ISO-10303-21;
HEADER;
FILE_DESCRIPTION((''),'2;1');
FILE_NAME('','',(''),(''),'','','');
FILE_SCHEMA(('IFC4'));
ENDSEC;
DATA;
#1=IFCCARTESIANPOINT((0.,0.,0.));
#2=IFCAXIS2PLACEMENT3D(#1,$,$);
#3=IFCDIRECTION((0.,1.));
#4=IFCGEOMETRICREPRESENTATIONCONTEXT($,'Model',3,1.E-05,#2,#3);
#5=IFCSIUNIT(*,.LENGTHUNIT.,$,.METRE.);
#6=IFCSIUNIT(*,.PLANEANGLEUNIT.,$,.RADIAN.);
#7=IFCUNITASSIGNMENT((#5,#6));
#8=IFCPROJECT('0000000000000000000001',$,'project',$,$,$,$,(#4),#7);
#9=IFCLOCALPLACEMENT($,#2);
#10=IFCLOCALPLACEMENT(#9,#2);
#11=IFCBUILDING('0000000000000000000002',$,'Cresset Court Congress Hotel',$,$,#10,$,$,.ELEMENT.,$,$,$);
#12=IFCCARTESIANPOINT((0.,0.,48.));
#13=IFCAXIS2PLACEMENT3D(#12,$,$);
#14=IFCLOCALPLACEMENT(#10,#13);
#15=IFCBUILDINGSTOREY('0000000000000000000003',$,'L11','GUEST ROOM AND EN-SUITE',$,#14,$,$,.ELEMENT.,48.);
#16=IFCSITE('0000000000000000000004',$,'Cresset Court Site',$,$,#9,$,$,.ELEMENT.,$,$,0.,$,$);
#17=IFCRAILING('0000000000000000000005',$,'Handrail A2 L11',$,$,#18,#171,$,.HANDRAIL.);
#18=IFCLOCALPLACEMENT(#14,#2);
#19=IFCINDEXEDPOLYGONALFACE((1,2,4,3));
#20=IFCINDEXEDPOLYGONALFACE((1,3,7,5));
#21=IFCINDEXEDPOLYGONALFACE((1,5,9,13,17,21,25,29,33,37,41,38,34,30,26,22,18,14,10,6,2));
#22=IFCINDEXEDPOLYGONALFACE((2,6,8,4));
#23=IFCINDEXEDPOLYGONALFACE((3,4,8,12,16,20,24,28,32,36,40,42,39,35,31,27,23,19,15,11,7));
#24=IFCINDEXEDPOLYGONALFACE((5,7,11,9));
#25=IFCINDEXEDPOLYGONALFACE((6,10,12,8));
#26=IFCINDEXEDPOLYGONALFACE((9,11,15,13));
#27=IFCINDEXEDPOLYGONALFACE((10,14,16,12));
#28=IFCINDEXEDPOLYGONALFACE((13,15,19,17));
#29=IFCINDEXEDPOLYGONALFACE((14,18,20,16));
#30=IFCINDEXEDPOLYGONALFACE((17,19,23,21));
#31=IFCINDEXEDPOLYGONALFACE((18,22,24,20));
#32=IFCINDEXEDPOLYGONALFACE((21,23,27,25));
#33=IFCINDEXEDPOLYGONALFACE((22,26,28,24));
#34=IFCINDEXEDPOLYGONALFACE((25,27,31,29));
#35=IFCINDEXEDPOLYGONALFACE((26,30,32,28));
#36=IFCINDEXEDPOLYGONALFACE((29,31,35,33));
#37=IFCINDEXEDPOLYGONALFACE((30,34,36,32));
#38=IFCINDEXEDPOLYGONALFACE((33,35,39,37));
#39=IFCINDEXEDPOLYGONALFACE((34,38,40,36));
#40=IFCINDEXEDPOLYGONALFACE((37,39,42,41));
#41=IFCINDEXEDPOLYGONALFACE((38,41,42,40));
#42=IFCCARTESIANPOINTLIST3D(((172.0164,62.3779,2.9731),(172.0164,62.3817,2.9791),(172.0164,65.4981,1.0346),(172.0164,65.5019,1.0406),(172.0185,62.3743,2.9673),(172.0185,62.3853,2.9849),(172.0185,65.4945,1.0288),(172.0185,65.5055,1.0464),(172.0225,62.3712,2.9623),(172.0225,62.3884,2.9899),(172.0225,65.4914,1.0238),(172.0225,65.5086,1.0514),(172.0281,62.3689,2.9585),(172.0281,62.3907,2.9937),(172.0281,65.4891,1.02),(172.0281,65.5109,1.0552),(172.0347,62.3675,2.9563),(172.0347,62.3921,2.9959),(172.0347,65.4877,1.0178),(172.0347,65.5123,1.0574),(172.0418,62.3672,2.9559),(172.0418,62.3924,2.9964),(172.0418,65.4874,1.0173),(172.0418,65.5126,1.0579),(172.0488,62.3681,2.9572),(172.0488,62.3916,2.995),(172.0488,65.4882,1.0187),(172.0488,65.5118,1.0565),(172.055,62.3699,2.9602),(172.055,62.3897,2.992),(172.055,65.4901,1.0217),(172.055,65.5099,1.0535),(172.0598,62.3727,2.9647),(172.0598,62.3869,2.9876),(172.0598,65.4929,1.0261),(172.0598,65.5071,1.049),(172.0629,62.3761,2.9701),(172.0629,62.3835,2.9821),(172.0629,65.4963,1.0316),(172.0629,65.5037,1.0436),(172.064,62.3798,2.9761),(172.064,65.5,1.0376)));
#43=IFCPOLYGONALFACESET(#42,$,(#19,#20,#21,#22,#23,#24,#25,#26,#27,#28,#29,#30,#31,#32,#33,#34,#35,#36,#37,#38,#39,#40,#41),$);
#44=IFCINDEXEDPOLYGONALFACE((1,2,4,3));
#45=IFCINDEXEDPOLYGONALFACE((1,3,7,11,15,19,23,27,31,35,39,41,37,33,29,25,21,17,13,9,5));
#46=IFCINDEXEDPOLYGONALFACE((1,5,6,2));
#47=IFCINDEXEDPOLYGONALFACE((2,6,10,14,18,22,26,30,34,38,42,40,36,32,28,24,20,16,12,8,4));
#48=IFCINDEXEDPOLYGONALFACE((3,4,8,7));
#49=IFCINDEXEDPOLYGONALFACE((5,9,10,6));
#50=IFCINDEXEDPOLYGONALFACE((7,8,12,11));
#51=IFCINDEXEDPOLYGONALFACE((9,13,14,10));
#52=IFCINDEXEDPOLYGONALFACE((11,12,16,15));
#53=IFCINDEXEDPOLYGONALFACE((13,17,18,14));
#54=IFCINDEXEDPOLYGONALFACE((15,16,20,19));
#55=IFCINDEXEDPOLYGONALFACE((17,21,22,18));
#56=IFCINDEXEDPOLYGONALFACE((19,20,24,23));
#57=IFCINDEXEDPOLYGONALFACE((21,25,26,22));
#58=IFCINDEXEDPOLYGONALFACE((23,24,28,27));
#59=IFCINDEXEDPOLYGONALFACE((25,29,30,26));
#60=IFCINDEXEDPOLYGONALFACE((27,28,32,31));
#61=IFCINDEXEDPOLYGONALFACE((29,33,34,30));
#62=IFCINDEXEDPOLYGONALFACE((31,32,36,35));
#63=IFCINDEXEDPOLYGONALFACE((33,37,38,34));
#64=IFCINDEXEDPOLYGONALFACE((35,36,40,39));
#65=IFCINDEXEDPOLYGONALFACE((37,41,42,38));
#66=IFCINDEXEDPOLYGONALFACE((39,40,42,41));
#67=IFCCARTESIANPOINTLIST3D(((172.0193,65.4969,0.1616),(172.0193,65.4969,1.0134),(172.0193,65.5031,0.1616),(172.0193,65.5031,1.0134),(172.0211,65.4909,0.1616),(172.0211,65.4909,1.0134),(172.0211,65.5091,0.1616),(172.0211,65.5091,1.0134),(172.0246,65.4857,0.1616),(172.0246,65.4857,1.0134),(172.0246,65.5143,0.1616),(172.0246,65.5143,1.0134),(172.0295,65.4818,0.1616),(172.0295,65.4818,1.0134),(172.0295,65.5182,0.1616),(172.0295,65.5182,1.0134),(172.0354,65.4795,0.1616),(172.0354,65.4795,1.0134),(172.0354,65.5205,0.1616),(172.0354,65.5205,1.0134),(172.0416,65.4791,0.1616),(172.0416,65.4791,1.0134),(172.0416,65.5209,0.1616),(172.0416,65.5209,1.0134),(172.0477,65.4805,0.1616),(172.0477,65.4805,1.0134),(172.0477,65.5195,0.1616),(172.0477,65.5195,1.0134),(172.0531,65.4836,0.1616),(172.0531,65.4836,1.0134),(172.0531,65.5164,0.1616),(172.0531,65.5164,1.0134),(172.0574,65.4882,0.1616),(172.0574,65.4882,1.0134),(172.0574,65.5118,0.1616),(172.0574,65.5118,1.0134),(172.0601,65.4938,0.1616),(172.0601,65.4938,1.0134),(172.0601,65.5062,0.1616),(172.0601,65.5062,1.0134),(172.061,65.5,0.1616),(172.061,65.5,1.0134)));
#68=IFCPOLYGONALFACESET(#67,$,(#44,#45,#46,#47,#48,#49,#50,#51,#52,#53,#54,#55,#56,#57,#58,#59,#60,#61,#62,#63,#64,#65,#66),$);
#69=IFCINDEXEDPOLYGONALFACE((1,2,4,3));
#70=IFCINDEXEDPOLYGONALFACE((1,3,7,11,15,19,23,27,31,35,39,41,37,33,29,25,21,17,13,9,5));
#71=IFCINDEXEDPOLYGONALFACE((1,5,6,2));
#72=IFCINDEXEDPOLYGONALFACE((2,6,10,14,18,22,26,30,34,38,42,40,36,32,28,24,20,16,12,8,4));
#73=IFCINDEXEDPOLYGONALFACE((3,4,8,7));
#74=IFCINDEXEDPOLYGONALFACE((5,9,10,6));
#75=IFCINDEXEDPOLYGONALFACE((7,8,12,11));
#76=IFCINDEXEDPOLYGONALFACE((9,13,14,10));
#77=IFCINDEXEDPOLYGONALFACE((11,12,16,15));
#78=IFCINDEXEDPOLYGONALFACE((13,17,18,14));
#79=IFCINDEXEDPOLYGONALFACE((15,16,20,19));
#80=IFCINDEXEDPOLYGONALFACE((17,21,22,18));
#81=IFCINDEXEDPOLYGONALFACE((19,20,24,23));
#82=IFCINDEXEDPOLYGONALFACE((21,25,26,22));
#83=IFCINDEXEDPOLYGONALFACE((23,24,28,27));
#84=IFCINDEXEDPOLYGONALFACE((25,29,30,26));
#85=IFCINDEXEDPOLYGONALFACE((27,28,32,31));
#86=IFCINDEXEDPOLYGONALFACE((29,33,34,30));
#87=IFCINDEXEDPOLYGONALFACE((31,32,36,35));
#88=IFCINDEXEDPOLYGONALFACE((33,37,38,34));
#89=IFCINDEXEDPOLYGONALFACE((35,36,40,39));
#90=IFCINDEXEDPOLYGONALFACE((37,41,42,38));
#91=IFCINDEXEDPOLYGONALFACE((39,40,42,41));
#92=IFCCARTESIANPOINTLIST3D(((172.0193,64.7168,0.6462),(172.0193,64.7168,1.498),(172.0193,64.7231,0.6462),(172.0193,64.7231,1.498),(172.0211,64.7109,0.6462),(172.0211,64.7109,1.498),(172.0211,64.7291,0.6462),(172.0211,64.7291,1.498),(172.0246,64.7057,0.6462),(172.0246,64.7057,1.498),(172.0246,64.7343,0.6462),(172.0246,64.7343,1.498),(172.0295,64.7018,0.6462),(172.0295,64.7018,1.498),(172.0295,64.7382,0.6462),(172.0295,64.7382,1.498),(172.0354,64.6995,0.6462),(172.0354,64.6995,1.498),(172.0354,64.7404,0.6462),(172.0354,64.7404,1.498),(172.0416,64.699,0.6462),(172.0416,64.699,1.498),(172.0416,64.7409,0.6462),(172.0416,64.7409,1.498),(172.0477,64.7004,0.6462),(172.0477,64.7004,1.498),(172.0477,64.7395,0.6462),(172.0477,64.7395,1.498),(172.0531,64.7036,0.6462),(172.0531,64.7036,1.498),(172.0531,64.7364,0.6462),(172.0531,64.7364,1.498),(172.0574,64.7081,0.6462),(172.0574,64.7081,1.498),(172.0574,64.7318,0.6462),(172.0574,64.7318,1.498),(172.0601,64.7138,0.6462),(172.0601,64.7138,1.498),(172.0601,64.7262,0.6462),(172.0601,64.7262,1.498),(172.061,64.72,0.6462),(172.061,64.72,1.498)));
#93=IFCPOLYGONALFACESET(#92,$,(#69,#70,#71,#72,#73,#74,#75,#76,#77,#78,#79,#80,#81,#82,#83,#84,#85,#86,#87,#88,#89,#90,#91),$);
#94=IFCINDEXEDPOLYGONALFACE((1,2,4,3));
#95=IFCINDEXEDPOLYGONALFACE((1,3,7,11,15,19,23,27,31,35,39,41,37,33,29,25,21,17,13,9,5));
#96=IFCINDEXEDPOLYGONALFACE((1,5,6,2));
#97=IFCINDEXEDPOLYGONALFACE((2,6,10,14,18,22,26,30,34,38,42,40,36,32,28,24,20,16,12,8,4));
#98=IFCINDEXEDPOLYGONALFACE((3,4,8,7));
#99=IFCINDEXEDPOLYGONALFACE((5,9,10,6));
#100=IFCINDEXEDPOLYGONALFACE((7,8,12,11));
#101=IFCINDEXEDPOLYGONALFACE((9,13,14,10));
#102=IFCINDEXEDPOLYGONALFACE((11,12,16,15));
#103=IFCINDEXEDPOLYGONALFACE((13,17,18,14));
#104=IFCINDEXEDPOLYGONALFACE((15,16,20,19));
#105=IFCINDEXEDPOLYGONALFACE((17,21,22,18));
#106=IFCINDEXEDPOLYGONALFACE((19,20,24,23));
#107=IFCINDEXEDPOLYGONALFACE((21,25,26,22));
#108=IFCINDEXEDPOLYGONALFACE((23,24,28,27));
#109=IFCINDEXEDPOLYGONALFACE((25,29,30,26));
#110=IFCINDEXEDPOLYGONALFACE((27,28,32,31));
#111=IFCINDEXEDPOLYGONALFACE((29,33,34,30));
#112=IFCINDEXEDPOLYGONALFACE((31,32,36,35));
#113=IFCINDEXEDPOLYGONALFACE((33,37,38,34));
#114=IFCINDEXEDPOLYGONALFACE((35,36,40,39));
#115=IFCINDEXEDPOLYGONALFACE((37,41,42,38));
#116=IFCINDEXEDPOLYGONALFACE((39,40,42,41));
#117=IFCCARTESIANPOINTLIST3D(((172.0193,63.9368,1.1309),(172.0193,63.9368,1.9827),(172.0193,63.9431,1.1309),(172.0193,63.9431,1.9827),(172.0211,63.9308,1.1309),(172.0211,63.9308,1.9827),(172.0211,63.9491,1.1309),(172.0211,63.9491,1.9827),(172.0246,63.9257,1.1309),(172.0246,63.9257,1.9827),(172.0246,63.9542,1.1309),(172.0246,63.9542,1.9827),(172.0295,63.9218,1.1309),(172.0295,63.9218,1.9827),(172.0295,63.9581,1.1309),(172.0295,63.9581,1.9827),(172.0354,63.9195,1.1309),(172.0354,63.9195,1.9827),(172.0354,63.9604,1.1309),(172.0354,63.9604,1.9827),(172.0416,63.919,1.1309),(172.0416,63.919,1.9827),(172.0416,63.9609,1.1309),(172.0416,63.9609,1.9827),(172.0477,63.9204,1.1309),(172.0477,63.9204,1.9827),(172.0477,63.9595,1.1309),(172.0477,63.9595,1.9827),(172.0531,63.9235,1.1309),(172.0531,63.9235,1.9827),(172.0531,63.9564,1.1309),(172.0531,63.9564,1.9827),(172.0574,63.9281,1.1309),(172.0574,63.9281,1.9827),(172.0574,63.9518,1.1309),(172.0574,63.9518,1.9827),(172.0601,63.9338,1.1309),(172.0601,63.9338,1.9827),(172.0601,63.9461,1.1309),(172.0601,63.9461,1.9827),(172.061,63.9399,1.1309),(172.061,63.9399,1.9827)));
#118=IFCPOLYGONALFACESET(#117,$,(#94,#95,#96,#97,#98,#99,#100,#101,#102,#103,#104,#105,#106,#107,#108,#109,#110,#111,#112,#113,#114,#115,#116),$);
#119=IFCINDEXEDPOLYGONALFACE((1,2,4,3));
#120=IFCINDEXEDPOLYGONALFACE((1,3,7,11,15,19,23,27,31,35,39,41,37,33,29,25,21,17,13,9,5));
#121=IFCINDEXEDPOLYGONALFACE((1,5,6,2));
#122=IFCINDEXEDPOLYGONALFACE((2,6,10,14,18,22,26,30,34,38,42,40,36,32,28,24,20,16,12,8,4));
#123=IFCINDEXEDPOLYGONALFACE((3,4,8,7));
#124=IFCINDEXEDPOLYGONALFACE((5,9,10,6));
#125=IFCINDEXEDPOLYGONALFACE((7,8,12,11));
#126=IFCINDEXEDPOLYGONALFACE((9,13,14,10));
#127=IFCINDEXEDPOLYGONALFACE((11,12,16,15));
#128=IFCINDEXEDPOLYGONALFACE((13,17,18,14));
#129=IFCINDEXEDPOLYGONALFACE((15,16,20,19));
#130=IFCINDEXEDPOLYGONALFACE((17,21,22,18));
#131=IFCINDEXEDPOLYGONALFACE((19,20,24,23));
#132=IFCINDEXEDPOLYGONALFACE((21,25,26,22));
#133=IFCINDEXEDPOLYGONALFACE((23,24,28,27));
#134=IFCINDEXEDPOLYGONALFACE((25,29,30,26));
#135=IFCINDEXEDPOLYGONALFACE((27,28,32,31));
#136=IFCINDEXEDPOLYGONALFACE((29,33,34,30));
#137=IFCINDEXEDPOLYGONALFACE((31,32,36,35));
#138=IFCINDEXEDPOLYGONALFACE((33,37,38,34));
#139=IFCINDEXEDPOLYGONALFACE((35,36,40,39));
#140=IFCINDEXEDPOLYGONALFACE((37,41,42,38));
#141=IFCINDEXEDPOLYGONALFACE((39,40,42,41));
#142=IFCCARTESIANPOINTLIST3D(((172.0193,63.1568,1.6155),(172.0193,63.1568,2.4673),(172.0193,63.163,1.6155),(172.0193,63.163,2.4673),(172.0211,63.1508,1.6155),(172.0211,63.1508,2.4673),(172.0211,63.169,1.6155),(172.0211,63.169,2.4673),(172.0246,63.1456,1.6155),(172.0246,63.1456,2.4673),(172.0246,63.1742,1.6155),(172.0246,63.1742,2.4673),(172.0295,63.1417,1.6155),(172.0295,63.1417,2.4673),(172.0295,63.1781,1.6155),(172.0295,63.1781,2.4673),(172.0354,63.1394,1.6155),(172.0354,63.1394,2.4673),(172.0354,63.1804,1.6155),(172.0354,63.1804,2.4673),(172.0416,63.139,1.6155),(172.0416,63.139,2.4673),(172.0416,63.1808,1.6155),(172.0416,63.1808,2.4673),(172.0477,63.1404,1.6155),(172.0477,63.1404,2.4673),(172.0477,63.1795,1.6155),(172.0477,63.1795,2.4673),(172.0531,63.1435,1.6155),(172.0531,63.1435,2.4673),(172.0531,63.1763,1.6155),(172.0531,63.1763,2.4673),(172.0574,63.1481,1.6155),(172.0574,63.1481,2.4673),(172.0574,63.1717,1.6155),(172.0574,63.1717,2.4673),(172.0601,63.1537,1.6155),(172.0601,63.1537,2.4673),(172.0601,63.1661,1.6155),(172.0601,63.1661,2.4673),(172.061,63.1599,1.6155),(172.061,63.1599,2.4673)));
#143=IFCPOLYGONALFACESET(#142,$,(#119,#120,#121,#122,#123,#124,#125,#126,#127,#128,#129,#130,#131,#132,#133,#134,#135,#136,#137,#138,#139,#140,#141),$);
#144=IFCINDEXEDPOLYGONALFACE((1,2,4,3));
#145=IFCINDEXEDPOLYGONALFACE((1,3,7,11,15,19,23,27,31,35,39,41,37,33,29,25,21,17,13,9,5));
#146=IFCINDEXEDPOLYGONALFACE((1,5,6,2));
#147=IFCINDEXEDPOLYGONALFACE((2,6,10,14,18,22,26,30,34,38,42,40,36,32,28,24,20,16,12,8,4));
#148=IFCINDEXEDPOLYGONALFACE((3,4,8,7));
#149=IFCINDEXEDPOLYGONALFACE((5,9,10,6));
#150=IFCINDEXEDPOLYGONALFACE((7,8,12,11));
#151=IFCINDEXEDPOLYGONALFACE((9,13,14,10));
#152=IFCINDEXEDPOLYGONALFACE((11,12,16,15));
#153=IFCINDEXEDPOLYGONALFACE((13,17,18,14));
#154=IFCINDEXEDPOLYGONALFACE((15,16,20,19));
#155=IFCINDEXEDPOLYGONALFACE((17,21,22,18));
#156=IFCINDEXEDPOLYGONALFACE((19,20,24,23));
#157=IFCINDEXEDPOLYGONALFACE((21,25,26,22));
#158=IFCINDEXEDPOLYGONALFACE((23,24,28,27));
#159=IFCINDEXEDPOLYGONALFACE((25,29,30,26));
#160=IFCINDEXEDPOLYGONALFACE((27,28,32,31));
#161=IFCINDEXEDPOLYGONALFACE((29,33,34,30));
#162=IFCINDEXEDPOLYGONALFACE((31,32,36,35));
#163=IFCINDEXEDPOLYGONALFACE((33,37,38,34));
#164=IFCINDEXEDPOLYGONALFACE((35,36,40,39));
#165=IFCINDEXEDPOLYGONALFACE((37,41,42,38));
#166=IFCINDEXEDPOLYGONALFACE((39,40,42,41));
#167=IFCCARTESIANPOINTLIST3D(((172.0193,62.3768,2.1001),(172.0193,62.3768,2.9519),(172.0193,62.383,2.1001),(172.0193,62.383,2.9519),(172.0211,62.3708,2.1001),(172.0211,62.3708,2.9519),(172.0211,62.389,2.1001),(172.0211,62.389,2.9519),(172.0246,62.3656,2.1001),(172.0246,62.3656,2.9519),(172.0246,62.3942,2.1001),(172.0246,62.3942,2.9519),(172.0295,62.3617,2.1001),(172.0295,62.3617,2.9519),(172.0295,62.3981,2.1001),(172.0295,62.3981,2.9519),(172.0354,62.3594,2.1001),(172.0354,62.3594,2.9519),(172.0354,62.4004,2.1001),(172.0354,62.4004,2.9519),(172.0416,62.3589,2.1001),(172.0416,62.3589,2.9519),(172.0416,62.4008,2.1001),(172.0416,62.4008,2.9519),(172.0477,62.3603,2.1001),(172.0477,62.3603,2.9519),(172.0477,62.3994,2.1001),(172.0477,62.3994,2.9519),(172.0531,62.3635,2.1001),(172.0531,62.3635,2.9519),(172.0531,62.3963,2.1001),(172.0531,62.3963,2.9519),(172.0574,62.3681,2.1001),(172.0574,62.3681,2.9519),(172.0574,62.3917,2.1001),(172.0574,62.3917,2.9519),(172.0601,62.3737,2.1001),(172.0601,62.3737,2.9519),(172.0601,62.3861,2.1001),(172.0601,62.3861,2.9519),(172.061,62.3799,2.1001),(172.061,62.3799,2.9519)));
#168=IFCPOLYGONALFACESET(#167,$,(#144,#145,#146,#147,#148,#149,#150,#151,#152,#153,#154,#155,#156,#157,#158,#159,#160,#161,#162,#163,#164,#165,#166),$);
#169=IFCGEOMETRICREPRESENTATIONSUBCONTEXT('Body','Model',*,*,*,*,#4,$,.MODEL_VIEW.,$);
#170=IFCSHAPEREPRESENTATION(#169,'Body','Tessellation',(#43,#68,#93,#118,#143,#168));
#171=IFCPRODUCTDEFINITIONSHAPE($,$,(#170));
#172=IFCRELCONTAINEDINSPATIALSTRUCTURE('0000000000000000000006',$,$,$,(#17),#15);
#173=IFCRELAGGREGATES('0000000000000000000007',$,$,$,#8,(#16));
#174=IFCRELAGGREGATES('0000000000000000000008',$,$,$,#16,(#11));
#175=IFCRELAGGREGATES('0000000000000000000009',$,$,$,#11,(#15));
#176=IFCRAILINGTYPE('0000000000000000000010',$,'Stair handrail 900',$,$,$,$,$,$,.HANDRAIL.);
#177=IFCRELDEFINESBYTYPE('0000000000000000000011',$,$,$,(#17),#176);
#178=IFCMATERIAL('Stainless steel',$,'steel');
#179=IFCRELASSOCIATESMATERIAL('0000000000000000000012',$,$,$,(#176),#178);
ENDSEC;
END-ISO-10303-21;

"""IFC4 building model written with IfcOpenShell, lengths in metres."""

from ifc_helpers import new_model, si_unit, direction, frame, origin, origin_2d, place, context, subcontext, project, spatial, circle, extrude, material, type_object, element, save


model = new_model("IFC4")

# Units and contexts
model_context = context("Model", 3, precision=1e-05, world=origin(), true_north=direction((0.0, 1.0)))
body_context = subcontext(model_context, "Body", "Model", "MODEL_VIEW")
ifc_project = project(units=[si_unit("LENGTHUNIT", "METRE"), si_unit("PLANEANGLEUNIT", "RADIAN")], contexts=[model_context])

# Site, building, storey
site_placement = place(None, origin())
site = spatial("IfcSite", under=ifc_project, at=site_placement, Name="Cresset Court Site", CompositionType="ELEMENT", RefElevation=0.0)
building_placement = place(site_placement, origin())
building = spatial("IfcBuilding", under=site, at=building_placement, Name="Cresset Court Congress Hotel", CompositionType="ELEMENT")
storey_placement = place(building_placement, frame((0.0, 0.0, 48.0)))
storey = spatial("IfcBuildingStorey", under=building, at=storey_placement, Name="L11", Description="GUEST ROOM AND EN-SUITE", CompositionType="ELEMENT", Elevation=48.0)

# Railing
ifc_material_1 = material(Name="Stainless steel", Category="steel")
railing_type_1 = type_object("IfcRailingType", Name="Stair handrail 900", PredefinedType="HANDRAIL", material=ifc_material_1)
for number, where, name in (
    (1, (172.04, 65.5, 0.1616), "Handrail A2 L11"),
):
    element("IfcRailing", number, at=place(storey_placement, frame(where)), inside=storey, type_object=railing_type_1, Name=name, PredefinedType="HANDRAIL", context=body_context, shape_type="SweptSolid", body=[
        extrude(circle(Radius=0.0239, at=origin_2d()), frame((0.0, 0.0, 0.876), z_axis=(0.0, -0.849414, 0.527727), x_axis=(1.0, 0.0, 0.0)), (0.0, 0.0, 1.0), 3.6733),
        extrude(circle(Radius=0.021, at=origin_2d()), origin(), (0.0, 0.0, 1.0), 0.8518),
        extrude(circle(Radius=0.021, at=origin_2d()), frame((0.0, -0.78, 0.4846)), (0.0, 0.0, 1.0), 0.8518),
        extrude(circle(Radius=0.021, at=origin_2d()), frame((0.0, -1.5601, 0.9692)), (0.0, 0.0, 1.0), 0.8518),
        extrude(circle(Radius=0.021, at=origin_2d()), frame((0.0, -2.3401, 1.4539)), (0.0, 0.0, 1.0), 0.8518),
        extrude(circle(Radius=0.021, at=origin_2d()), frame((0.0, -3.1201, 1.9385)), (0.0, 0.0, 1.0), 0.8518),
    ])

save(model, "model.ifc")
